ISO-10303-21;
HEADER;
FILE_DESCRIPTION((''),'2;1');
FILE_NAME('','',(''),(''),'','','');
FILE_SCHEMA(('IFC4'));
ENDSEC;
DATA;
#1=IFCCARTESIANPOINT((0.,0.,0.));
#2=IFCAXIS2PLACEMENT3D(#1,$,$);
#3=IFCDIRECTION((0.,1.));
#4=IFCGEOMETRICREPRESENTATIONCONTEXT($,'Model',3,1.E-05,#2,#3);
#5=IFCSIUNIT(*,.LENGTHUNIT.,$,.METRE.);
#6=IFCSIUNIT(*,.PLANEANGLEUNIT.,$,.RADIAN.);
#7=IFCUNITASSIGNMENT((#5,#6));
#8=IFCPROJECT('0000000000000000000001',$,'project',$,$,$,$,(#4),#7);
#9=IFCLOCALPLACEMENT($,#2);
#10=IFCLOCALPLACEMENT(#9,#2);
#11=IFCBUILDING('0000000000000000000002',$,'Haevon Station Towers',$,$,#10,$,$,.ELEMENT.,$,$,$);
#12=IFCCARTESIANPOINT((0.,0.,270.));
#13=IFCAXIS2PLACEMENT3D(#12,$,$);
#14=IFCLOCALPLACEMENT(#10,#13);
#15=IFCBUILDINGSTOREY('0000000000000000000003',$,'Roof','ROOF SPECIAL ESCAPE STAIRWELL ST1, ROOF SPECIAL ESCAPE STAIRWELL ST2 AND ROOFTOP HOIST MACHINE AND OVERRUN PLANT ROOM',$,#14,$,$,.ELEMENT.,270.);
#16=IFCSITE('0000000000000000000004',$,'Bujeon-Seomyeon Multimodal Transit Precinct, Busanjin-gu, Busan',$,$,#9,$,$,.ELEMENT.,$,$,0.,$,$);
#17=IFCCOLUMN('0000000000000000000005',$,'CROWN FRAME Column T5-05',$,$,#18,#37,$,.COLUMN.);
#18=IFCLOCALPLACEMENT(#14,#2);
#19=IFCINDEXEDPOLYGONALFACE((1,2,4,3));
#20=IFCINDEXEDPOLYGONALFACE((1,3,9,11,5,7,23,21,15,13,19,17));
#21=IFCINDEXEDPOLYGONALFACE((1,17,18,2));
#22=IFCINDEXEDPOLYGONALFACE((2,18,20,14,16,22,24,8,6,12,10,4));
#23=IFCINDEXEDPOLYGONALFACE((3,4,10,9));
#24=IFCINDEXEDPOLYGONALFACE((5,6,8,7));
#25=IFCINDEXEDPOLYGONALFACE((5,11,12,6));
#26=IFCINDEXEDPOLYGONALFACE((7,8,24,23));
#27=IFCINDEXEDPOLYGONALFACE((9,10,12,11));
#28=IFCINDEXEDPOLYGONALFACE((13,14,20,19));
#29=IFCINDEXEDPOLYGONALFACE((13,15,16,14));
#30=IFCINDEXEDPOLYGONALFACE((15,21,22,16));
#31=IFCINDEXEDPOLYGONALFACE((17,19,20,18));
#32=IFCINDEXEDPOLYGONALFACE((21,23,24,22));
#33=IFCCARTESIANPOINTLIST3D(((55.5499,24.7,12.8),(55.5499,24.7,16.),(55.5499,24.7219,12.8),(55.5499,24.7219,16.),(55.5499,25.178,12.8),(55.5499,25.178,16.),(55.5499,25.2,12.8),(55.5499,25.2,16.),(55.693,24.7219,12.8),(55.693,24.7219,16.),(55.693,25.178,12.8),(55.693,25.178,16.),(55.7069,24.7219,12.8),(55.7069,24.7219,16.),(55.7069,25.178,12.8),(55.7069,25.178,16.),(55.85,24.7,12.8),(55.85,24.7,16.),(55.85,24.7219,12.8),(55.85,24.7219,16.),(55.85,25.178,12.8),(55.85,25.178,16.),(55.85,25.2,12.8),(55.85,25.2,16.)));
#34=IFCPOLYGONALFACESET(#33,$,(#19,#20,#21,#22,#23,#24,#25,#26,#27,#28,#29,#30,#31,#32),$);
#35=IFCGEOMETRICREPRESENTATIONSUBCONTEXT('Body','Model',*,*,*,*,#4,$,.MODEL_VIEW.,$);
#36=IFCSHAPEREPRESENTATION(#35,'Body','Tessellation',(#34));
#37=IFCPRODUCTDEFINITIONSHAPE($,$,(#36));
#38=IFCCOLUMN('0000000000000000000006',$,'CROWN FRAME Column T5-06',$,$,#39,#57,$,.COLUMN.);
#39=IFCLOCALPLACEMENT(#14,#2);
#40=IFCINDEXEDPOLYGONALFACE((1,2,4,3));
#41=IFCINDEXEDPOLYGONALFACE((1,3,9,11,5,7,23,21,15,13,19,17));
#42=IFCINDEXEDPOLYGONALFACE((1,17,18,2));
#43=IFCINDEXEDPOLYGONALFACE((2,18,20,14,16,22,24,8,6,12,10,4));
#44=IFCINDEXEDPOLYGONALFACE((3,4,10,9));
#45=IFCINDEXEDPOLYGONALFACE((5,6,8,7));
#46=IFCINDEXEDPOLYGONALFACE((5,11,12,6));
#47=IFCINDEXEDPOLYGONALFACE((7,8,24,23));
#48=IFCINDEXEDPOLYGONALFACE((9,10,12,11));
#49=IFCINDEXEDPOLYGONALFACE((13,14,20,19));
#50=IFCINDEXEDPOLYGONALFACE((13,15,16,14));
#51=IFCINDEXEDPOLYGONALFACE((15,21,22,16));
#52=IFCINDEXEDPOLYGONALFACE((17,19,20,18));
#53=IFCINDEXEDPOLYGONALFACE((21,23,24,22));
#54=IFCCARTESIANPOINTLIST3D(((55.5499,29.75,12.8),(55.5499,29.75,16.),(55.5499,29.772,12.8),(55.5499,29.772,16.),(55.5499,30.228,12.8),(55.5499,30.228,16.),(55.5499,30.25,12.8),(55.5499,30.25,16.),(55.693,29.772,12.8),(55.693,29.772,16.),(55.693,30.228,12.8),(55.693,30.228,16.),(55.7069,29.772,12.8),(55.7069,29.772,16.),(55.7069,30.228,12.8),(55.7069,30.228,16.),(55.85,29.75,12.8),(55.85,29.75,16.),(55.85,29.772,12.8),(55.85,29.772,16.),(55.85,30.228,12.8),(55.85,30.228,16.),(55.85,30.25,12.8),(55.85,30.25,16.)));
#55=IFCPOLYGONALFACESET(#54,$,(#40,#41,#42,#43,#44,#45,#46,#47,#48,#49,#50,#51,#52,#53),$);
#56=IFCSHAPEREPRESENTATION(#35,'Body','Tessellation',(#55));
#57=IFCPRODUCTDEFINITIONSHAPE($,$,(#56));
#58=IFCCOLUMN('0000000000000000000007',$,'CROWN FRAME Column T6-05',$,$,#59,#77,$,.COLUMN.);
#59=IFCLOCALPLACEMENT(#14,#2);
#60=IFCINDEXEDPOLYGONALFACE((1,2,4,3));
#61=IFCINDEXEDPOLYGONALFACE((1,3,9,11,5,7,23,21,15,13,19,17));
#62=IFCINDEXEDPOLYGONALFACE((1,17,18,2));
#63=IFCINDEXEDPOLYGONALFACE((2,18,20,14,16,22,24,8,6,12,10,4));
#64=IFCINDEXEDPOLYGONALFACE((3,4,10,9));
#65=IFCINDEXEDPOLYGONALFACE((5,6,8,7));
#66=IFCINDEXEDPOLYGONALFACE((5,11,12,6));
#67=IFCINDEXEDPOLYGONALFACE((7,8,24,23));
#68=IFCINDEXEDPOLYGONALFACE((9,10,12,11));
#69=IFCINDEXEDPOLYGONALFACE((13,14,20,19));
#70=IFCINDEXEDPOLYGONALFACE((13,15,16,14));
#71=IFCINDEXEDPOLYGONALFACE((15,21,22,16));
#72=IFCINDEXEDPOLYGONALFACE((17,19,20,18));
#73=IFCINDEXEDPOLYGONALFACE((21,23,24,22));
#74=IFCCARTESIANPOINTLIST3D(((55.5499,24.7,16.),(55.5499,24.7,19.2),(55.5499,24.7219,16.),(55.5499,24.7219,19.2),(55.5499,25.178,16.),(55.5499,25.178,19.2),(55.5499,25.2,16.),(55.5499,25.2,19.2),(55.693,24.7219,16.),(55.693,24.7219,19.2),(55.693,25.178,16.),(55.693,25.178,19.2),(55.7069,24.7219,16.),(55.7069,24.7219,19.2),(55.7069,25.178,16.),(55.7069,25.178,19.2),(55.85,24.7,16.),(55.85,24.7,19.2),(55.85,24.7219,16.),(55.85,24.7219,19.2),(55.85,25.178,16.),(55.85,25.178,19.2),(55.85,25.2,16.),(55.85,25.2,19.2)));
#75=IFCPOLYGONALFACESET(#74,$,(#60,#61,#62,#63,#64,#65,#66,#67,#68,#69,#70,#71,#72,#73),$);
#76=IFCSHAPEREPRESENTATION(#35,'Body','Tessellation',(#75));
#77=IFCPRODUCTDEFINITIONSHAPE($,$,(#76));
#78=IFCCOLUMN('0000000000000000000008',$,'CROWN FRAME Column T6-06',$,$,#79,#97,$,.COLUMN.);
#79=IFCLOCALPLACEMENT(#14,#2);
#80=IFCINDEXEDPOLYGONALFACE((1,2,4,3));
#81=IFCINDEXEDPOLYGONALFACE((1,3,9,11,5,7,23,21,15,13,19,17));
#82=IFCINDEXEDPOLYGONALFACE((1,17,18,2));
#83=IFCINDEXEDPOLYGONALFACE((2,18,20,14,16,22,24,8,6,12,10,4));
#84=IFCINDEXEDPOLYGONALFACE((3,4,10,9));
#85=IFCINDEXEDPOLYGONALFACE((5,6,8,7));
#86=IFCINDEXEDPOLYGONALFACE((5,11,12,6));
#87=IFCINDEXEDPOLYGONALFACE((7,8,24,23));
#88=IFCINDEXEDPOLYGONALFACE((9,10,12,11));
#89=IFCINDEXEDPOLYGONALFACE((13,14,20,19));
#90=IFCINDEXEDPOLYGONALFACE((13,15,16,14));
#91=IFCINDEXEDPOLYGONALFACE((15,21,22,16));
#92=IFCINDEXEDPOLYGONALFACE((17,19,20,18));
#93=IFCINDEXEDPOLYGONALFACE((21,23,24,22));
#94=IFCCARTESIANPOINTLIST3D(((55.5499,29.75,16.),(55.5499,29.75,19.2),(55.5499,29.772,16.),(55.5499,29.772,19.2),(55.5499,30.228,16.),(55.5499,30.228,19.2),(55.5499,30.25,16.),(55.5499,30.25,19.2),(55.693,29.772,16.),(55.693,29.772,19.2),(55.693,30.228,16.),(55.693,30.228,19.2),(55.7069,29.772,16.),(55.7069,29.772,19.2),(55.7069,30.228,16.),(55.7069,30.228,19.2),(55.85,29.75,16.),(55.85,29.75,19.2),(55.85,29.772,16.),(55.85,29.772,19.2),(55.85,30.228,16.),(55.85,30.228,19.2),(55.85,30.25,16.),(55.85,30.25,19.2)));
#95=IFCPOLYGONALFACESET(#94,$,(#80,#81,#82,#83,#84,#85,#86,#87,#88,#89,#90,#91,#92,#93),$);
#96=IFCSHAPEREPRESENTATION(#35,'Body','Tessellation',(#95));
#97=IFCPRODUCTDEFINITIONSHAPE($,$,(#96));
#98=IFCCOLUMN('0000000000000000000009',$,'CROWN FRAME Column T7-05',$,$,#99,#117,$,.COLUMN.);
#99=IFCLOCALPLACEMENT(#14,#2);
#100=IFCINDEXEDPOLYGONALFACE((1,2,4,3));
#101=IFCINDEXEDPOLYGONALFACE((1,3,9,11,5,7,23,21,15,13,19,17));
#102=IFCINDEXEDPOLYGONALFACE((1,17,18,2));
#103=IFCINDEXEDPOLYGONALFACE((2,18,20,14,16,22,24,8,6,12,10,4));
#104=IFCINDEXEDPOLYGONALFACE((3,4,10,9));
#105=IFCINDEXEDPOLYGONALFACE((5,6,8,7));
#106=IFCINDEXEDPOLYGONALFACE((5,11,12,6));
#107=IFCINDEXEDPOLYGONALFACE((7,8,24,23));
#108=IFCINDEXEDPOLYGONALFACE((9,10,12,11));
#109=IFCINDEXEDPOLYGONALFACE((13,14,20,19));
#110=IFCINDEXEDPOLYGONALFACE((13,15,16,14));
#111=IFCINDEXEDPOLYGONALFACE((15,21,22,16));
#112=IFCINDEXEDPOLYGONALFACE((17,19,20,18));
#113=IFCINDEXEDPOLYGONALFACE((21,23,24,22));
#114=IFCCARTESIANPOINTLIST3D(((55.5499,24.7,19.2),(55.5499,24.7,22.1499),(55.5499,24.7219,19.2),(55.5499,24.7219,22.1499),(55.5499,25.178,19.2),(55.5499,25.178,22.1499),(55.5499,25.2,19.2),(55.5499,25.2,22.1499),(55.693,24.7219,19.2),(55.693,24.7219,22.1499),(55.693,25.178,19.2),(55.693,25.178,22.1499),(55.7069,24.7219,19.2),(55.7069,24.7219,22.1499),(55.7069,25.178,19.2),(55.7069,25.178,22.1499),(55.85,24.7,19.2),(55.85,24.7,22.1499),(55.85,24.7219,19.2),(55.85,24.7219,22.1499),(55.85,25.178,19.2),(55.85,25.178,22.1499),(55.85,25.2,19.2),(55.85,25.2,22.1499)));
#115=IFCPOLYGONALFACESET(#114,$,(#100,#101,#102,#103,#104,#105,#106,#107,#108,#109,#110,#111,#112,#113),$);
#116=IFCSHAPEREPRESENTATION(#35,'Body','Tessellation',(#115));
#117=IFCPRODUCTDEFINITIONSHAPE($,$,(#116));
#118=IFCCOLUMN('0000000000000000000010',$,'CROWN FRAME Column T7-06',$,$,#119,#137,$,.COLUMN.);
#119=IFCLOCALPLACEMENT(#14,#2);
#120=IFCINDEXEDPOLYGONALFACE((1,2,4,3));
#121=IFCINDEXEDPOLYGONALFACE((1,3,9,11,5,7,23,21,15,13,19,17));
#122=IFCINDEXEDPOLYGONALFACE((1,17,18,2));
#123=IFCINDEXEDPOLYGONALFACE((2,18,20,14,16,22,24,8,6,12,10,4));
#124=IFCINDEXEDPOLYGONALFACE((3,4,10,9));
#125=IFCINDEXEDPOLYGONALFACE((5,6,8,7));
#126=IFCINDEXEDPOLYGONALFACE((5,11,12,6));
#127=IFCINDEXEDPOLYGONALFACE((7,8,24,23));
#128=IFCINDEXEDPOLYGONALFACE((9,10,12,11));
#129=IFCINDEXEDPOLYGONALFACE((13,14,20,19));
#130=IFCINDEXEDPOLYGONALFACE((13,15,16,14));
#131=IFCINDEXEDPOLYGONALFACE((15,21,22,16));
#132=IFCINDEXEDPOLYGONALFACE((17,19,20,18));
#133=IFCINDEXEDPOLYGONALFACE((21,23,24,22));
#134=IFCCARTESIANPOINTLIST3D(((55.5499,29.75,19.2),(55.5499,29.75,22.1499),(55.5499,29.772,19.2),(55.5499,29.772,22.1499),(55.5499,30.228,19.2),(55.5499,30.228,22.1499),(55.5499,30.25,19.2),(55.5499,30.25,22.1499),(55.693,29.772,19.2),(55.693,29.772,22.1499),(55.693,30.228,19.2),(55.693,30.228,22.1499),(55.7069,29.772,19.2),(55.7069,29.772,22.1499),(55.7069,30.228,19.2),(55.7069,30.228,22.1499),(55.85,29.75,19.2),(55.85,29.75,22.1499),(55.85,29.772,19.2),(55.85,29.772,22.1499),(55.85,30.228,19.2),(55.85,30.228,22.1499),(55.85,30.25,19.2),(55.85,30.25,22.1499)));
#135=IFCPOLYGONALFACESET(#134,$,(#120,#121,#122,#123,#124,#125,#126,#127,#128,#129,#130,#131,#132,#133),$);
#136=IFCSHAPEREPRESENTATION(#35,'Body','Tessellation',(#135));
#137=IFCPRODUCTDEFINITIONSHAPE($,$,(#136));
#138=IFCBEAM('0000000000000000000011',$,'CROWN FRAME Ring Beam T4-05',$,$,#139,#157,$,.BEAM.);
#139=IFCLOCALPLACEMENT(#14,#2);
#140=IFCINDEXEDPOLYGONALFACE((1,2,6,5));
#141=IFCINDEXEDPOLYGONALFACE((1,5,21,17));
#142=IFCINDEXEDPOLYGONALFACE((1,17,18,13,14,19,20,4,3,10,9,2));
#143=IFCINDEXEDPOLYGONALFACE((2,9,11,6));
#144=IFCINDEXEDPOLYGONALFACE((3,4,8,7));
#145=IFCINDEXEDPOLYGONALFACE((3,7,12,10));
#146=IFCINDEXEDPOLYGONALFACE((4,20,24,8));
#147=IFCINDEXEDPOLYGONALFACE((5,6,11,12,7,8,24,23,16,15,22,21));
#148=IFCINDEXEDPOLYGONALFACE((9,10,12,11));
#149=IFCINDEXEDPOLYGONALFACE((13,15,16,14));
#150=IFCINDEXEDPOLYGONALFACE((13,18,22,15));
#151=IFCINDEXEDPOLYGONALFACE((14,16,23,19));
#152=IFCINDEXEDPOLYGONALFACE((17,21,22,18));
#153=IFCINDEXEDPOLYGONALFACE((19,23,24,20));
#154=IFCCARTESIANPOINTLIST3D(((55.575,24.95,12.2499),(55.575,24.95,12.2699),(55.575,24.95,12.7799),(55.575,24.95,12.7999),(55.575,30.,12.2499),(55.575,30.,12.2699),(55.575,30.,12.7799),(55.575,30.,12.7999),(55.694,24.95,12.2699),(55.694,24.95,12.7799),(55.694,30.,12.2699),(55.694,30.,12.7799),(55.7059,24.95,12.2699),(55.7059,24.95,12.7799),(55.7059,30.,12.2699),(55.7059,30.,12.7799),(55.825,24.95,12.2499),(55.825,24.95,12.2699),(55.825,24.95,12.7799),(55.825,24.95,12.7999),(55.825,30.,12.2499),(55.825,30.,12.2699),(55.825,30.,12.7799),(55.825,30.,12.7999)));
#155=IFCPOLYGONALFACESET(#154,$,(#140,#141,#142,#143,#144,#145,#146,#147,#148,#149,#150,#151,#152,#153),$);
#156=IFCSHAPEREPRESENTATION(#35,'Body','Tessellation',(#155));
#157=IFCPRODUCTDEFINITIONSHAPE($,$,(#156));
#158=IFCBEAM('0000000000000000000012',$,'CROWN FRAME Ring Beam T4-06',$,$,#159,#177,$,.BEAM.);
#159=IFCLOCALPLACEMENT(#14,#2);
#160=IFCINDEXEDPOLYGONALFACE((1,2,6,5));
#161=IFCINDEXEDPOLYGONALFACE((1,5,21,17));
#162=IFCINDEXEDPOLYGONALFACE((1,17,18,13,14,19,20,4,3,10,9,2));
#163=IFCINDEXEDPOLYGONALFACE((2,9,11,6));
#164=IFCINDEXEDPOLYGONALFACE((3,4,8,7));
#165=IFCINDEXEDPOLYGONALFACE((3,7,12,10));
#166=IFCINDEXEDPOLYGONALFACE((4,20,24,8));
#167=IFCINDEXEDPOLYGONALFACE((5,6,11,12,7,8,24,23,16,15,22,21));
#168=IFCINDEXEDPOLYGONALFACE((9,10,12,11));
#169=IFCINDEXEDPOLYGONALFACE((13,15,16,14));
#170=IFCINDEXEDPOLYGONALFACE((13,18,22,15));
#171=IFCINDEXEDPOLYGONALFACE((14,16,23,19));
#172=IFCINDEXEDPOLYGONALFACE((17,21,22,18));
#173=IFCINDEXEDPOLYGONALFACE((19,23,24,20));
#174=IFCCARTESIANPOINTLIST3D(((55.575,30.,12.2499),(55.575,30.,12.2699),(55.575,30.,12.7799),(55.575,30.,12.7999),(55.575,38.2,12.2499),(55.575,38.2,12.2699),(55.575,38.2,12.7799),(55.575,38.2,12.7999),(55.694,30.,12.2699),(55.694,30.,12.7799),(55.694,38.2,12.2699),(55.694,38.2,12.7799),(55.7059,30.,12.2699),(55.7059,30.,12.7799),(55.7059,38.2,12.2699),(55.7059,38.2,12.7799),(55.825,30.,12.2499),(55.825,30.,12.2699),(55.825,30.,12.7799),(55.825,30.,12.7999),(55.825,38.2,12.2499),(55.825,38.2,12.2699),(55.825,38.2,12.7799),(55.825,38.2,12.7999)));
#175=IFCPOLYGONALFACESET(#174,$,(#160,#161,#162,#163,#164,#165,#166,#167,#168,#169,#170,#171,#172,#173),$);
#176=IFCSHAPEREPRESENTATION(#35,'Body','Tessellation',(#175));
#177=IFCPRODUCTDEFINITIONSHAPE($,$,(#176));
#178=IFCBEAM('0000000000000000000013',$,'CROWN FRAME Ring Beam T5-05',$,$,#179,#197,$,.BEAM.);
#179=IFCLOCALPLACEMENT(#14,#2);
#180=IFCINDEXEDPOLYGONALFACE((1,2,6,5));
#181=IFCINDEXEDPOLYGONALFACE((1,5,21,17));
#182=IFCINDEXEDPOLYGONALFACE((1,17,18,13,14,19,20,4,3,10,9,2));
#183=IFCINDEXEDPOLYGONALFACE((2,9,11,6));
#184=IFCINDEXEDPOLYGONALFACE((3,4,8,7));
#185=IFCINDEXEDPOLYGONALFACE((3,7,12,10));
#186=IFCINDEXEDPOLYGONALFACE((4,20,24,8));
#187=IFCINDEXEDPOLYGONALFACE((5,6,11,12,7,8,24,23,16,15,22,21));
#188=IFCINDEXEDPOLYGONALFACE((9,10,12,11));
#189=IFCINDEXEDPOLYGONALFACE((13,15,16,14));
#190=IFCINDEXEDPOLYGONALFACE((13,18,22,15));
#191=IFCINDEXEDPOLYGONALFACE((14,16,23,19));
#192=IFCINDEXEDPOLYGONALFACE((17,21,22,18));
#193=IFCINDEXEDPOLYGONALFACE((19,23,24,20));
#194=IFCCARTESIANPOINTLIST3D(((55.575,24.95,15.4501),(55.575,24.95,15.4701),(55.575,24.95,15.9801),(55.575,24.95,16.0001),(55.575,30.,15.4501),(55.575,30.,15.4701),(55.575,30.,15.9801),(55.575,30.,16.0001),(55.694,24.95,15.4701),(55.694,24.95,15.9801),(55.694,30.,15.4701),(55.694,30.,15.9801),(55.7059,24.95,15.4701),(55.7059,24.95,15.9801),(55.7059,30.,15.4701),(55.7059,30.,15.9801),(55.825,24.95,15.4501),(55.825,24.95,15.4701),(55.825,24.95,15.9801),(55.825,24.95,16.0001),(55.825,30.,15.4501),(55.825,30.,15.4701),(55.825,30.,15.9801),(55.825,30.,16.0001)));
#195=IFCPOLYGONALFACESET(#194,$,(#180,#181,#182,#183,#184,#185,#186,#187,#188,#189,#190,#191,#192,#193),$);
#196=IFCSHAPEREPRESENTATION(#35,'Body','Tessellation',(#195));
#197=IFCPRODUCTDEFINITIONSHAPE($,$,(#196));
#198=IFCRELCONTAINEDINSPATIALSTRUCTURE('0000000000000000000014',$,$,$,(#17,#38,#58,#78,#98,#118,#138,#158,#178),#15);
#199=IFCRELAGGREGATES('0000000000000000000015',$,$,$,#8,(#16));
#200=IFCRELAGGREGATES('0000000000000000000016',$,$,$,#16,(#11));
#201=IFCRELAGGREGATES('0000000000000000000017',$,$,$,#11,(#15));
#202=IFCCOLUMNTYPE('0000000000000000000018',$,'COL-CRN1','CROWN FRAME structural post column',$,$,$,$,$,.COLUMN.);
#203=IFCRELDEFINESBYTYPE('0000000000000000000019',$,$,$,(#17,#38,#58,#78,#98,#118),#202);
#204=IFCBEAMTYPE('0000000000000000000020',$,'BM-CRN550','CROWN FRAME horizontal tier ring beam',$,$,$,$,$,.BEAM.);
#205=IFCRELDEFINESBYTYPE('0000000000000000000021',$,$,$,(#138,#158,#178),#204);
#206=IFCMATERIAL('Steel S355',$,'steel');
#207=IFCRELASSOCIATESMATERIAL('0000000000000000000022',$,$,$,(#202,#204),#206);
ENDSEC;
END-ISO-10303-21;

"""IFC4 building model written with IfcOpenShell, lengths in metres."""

from ifc_helpers import new_model, si_unit, direction, frame, origin, origin_2d, place, context, subcontext, project, spatial, i_section, extrude, material, material_profile, profile_set, type_object, element, save


model = new_model("IFC4")

# Units and contexts
model_context = context("Model", 3, precision=1e-05, world=origin(), true_north=direction((0.0, 1.0)))
body_context = subcontext(model_context, "Body", "Model", "MODEL_VIEW")
ifc_project = project(units=[si_unit("LENGTHUNIT", "METRE"), si_unit("PLANEANGLEUNIT", "RADIAN")], contexts=[model_context])

# Site, building, storey
site_placement = place(None, origin())
site = spatial("IfcSite", under=ifc_project, at=site_placement, Name="Bujeon-Seomyeon Multimodal Transit Precinct, Busanjin-gu, Busan", CompositionType="ELEMENT", RefElevation=0.0)
building_placement = place(site_placement, origin())
building = spatial("IfcBuilding", under=site, at=building_placement, Name="Haevon Station Towers", CompositionType="ELEMENT")
storey_placement = place(building_placement, frame((0.0, 0.0, 270.0)))
storey = spatial("IfcBuildingStorey", under=building, at=storey_placement, Name="Roof", Description="ROOF SPECIAL ESCAPE STAIRWELL ST1, ROOF SPECIAL ESCAPE STAIRWELL ST2 AND ROOFTOP HOIST MACHINE AND OVERRUN PLANT ROOM", CompositionType="ELEMENT", Elevation=270.0)

# Columns
ifc_material_1 = material(Name="Steel S355", Category="steel")
ifc_material_profile_1 = material_profile(ifc_material_1, i_section(OverallWidth=0.3, OverallDepth=0.5, WebThickness=0.0139, FlangeThickness=0.022, at=origin_2d()), Name="H-500x300x14x22")
ifc_profile_set_1 = profile_set([ifc_material_profile_1], Name="Steel S355")
column_type = type_object("IfcColumnType", Name="COL-CRN1", Description="CROWN FRAME structural post column", PredefinedType="COLUMN", material=ifc_profile_set_1)
for number, where, z_axis, x_axis, name in (
    (1, (55.7, 24.95, 12.8), (0.0, 0.0, 1.0), (1.0, 0.0, 0.0), "CROWN FRAME Column T5-05"),
    (2, (55.7, 30.0, 12.8), (0.0, 0.0, 1.0), (1.0, 0.0, 0.0), "CROWN FRAME Column T5-06"),
    (3, (55.7, 24.95, 16.0), (0.0, 0.0, 1.0), (1.0, 0.0, 0.0), "CROWN FRAME Column T6-05"),
    (4, (55.7, 30.0, 16.0), (0.0, 0.0, 1.0), (1.0, 0.0, 0.0), "CROWN FRAME Column T6-06"),
):
    element("IfcColumn", number, at=place(storey_placement, frame(where, z_axis=z_axis, x_axis=x_axis)), inside=storey, type_object=column_type, Name=name, PredefinedType="COLUMN", context=body_context, shape_type="SweptSolid", body=[
        extrude(i_section(OverallWidth=0.3, OverallDepth=0.5, WebThickness=0.0139, FlangeThickness=0.022, at=origin_2d()), origin(), (0.0, 0.0, 1.0), 3.2),
    ])
for number, where, z_axis, x_axis, name in (
    (5, (55.7, 24.95, 19.2), (0.0, 0.0, 1.0), (1.0, 0.0, 0.0), "CROWN FRAME Column T7-05"),
    (6, (55.7, 30.0, 19.2), (0.0, 0.0, 1.0), (1.0, 0.0, 0.0), "CROWN FRAME Column T7-06"),
):
    element("IfcColumn", number, at=place(storey_placement, frame(where, z_axis=z_axis, x_axis=x_axis)), inside=storey, type_object=column_type, Name=name, PredefinedType="COLUMN", context=body_context, shape_type="SweptSolid", body=[
        extrude(i_section(OverallWidth=0.3, OverallDepth=0.5, WebThickness=0.0139, FlangeThickness=0.022, at=origin_2d()), origin(), (0.0, 0.0, 1.0), 2.95),
    ])

# Beams
ifc_material_profile_2 = material_profile(ifc_material_1, i_section(OverallWidth=0.25, OverallDepth=0.55, WebThickness=0.012, FlangeThickness=0.02, at=origin_2d()), Name="H-550x250x12x20")
ifc_profile_set_2 = profile_set([ifc_material_profile_2], Name="Steel S355")
beam_type = type_object("IfcBeamType", Name="BM-CRN550", Description="CROWN FRAME horizontal tier ring beam", PredefinedType="BEAM", material=ifc_profile_set_2)
beam_1_placement = place(storey_placement, frame((55.7, 24.95, 12.5249), z_axis=(0.0, 1.0, 0.0), x_axis=(-1.0, 0.0, 0.0)))
element("IfcBeam", 7, at=beam_1_placement, inside=storey, type_object=beam_type, Name="CROWN FRAME Ring Beam T4-05", PredefinedType="BEAM", context=body_context, shape_type="SweptSolid", body=[
    extrude(i_section(OverallWidth=0.25, OverallDepth=0.55, WebThickness=0.012, FlangeThickness=0.02, at=origin_2d()), origin(), (0.0, 0.0, 1.0), 5.05),
])
beam_2_placement = place(storey_placement, frame((55.7, 30.0, 12.5249), z_axis=(0.0, 1.0, 0.0), x_axis=(-1.0, 0.0, 0.0)))
element("IfcBeam", 8, at=beam_2_placement, inside=storey, type_object=beam_type, Name="CROWN FRAME Ring Beam T4-06", PredefinedType="BEAM", context=body_context, shape_type="SweptSolid", body=[
    extrude(i_section(OverallWidth=0.25, OverallDepth=0.55, WebThickness=0.012, FlangeThickness=0.02, at=origin_2d()), origin(), (0.0, 0.0, 1.0), 8.2),
])
beam_3_placement = place(storey_placement, frame((55.7, 24.95, 15.7251), z_axis=(0.0, 1.0, 0.0), x_axis=(-1.0, 0.0, 0.0)))
element("IfcBeam", 9, at=beam_3_placement, inside=storey, type_object=beam_type, Name="CROWN FRAME Ring Beam T5-05", PredefinedType="BEAM", context=body_context, shape_type="SweptSolid", body=[
    extrude(i_section(OverallWidth=0.25, OverallDepth=0.55, WebThickness=0.012, FlangeThickness=0.02, at=origin_2d()), origin(), (0.0, 0.0, 1.0), 5.05),
])

save(model, "model.ifc")
